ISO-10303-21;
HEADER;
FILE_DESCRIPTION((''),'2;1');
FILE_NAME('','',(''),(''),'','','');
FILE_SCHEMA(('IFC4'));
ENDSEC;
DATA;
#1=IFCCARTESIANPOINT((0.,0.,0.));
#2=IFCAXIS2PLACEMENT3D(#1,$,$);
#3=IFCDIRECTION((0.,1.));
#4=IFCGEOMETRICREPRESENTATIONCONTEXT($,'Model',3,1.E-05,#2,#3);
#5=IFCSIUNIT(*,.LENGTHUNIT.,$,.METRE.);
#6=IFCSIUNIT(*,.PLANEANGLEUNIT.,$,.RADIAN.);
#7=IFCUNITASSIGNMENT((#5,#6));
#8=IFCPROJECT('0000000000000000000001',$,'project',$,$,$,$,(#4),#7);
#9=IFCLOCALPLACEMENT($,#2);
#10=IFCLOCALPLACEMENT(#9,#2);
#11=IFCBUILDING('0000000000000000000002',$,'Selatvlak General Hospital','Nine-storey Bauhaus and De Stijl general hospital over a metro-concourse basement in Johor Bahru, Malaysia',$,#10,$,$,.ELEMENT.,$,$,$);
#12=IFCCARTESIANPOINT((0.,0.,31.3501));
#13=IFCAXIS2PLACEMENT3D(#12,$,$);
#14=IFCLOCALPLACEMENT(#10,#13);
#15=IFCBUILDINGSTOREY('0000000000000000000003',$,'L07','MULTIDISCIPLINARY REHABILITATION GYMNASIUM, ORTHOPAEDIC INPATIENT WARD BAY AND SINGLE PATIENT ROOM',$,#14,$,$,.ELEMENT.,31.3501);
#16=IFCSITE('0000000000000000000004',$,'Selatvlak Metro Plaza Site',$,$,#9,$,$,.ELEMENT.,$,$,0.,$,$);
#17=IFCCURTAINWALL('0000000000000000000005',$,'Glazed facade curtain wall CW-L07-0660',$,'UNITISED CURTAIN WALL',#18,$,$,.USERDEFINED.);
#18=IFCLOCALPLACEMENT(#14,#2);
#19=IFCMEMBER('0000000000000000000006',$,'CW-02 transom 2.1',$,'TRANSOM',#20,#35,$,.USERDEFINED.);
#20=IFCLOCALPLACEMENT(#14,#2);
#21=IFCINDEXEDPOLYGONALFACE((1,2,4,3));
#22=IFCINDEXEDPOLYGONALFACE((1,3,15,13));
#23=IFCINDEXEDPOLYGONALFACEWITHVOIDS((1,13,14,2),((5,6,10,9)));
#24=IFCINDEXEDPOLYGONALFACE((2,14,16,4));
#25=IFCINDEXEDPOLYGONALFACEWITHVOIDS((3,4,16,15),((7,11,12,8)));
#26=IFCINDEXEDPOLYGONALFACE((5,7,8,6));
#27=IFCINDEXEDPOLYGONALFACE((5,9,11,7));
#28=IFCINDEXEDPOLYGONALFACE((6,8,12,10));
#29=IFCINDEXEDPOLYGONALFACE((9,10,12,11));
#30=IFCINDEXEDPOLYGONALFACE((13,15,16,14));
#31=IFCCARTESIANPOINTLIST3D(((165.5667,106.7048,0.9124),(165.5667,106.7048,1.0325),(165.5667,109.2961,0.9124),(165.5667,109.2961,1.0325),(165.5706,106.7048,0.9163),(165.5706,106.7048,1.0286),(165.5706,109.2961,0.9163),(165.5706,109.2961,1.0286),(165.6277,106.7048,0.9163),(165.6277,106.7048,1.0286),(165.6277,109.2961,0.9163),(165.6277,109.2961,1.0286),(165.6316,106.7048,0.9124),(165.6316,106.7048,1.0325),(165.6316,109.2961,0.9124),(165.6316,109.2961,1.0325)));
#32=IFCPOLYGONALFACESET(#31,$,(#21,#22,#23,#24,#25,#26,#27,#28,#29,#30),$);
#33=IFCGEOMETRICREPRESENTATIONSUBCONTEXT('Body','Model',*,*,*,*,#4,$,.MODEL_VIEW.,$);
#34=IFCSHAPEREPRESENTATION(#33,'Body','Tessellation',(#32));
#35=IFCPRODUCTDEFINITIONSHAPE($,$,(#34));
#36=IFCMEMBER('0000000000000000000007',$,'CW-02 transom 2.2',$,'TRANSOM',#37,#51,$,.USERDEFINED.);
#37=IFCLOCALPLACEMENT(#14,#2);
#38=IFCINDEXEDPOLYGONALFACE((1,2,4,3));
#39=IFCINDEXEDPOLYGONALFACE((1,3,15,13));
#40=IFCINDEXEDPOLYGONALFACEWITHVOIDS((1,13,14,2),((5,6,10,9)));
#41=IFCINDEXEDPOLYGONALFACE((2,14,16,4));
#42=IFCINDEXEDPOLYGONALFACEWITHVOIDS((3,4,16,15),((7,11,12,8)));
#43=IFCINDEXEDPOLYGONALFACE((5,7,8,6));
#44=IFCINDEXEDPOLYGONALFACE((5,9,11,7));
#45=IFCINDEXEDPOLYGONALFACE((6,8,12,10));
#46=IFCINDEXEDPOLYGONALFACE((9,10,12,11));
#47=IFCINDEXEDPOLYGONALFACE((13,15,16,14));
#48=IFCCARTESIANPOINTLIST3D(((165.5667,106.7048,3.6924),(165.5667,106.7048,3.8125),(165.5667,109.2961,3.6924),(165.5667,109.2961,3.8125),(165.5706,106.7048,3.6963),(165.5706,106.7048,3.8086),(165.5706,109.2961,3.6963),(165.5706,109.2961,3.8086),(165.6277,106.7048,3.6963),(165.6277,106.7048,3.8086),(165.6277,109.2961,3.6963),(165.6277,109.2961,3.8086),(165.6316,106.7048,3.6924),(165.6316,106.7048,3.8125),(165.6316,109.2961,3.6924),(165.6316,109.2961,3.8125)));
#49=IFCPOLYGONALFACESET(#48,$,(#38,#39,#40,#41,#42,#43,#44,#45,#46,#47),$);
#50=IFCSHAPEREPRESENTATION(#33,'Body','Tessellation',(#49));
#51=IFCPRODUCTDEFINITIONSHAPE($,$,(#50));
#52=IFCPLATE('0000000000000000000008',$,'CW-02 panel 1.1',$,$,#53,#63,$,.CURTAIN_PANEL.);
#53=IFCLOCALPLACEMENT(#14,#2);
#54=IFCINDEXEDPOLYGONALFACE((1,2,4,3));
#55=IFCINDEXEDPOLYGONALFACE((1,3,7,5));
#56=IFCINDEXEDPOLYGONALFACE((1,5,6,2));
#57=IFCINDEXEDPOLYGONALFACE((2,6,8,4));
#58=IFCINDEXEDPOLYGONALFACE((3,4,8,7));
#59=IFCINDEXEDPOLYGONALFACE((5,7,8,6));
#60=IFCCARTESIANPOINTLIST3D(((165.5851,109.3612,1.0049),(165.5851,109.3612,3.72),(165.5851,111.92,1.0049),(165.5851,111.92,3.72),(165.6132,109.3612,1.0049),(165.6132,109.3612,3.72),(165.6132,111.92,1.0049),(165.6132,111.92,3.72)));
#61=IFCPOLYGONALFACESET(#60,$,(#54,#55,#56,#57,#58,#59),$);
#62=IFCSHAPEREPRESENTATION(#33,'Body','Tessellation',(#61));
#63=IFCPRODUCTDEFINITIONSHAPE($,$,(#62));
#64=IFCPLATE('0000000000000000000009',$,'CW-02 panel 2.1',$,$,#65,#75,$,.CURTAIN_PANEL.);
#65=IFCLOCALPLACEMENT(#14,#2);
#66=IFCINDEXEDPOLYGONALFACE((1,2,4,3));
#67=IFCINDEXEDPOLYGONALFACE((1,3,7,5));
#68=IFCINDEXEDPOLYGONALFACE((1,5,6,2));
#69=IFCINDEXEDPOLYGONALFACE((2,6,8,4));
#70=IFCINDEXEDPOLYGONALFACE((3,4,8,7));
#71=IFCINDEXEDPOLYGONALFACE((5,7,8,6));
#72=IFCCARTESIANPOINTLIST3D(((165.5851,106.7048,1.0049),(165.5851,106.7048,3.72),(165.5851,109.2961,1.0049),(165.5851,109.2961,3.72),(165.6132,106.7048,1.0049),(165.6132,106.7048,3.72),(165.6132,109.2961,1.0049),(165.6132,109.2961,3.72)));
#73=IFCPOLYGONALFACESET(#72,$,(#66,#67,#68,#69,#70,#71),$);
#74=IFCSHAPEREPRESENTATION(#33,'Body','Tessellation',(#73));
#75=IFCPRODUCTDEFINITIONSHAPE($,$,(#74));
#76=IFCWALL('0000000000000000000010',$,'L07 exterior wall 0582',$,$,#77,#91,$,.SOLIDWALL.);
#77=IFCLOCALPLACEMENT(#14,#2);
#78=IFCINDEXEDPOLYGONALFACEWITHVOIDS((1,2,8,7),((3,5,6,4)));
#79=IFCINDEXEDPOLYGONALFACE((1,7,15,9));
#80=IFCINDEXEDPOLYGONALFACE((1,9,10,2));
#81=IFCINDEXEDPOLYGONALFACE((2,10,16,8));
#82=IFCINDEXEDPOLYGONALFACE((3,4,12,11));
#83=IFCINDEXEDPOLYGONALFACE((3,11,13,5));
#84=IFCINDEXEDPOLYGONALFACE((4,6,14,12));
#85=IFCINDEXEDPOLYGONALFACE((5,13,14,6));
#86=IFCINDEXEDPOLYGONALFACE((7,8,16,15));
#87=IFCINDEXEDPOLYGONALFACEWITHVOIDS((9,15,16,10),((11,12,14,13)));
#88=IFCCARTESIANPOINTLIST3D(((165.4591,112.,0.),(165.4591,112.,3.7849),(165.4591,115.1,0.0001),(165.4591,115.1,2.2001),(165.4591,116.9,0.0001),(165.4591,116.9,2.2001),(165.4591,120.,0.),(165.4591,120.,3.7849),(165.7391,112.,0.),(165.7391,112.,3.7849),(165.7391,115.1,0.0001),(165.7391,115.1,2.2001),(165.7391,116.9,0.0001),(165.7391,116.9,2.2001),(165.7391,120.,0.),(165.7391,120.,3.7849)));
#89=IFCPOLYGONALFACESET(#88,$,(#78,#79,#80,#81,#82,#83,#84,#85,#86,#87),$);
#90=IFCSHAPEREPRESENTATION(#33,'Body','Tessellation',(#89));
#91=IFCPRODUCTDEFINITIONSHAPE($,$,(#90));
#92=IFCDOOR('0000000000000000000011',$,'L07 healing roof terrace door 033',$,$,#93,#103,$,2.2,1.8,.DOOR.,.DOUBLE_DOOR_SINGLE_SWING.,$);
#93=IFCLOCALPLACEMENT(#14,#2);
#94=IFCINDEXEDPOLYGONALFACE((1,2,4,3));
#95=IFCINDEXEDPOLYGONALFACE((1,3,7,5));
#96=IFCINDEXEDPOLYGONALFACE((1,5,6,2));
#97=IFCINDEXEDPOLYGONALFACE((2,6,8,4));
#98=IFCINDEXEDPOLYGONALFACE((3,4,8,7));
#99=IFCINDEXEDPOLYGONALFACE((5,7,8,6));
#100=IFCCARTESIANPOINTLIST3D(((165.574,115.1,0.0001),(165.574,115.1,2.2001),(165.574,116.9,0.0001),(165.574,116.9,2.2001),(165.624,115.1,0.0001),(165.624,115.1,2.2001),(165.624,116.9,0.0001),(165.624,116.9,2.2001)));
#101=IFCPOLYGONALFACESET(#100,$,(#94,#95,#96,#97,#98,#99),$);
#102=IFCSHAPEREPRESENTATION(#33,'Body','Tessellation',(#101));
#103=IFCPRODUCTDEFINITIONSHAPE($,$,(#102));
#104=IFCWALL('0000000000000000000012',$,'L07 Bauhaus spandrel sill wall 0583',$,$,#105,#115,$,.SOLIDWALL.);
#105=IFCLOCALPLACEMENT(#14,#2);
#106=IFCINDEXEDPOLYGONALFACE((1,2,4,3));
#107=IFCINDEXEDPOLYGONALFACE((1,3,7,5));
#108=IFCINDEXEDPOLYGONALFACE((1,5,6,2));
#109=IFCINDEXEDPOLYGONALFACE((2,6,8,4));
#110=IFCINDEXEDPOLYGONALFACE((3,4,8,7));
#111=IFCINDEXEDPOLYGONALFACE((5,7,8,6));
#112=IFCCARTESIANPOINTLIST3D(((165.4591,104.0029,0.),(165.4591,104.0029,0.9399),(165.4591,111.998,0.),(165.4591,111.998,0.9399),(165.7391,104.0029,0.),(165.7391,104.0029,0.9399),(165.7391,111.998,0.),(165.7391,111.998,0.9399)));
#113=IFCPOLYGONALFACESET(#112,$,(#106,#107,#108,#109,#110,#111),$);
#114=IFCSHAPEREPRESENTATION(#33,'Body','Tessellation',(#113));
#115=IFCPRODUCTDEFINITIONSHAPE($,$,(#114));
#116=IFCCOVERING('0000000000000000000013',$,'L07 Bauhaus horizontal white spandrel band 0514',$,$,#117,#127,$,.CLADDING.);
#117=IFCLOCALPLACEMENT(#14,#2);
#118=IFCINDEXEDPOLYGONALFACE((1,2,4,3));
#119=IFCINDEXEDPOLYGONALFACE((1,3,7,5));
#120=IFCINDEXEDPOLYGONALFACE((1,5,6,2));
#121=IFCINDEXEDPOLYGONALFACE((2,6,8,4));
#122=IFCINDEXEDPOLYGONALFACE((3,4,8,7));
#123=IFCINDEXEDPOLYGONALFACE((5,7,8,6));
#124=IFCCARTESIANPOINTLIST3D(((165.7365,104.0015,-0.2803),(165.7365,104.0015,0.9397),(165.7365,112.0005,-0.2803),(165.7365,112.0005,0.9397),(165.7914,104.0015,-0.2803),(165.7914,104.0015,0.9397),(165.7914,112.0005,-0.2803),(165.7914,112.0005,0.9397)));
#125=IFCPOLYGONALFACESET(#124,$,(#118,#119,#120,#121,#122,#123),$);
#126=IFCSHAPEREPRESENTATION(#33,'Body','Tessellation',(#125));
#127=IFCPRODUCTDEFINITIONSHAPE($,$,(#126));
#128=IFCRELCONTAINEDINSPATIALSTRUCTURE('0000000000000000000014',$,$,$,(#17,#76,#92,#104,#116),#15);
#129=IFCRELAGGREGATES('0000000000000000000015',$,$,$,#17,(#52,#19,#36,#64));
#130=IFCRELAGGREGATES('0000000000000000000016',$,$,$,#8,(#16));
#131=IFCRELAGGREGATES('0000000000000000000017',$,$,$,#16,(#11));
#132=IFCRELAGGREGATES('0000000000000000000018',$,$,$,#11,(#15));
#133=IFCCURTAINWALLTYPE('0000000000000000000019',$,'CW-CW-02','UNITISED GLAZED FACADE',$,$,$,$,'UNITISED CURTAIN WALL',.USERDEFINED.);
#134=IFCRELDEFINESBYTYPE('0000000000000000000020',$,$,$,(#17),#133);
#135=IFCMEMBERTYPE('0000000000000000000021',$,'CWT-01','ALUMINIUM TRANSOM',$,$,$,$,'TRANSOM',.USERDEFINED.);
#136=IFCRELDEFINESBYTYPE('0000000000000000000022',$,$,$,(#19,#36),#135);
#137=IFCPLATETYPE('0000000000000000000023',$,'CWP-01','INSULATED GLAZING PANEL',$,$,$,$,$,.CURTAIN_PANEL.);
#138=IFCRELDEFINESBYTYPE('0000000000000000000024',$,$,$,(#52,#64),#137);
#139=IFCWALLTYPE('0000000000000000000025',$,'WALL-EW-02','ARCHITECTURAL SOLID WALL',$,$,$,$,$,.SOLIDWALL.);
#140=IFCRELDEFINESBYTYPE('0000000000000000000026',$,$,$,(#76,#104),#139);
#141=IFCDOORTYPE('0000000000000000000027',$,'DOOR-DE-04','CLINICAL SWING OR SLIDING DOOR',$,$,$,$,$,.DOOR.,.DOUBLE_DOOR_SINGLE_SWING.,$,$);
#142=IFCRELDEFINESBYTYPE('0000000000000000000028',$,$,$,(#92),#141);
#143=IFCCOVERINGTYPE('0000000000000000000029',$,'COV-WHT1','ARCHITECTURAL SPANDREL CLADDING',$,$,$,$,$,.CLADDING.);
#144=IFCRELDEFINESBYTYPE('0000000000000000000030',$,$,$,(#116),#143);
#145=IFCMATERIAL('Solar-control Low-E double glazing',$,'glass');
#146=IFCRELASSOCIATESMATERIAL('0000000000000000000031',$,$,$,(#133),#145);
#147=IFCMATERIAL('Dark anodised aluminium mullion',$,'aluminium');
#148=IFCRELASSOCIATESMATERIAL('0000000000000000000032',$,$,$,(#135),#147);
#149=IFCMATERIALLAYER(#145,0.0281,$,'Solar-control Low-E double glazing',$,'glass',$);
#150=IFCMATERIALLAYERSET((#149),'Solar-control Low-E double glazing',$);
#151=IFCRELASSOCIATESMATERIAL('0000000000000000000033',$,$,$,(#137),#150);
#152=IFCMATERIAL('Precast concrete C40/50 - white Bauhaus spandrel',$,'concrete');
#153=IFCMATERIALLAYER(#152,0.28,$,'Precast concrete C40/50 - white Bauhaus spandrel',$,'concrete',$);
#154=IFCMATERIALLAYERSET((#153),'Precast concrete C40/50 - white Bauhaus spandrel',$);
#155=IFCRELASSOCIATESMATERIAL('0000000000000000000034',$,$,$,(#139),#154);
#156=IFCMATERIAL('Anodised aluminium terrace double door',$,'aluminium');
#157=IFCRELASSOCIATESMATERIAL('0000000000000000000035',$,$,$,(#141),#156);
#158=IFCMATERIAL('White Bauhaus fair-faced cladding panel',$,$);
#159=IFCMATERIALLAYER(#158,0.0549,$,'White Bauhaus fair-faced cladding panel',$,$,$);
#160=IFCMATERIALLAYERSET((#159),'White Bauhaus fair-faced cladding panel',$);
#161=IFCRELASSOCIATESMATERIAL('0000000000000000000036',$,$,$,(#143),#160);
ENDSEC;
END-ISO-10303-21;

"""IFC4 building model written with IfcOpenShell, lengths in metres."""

from ifc_helpers import new_model, si_unit, direction, frame, frame_2d, origin, origin_2d, place, context, subcontext, project, spatial, rectangle, hollow_rectangle, extrude, material, layer, layer_set, material_profile, profile_set, type_object, element, fill, aggregate, save


model = new_model("IFC4")

# Units and contexts
model_context = context("Model", 3, precision=1e-05, world=origin(), true_north=direction((0.0, 1.0)))
body_context = subcontext(model_context, "Body", "Model", "MODEL_VIEW")
ifc_project = project(units=[si_unit("LENGTHUNIT", "METRE"), si_unit("PLANEANGLEUNIT", "RADIAN")], contexts=[model_context])

# Site, building, storey
site_placement = place(None, origin())
site = spatial("IfcSite", under=ifc_project, at=site_placement, Name="Selatvlak Metro Plaza Site", CompositionType="ELEMENT", RefElevation=0.0)
building_placement = place(site_placement, origin())
building = spatial("IfcBuilding", under=site, at=building_placement, Name="Selatvlak General Hospital", Description="Nine-storey Bauhaus and De Stijl general hospital over a metro-concourse basement in Johor Bahru, Malaysia", CompositionType="ELEMENT")
storey_placement = place(building_placement, frame((0.0, 0.0, 31.3501)))
storey = spatial("IfcBuildingStorey", under=building, at=storey_placement, Name="L07", Description="MULTIDISCIPLINARY REHABILITATION GYMNASIUM, ORTHOPAEDIC INPATIENT WARD BAY AND SINGLE PATIENT ROOM", CompositionType="ELEMENT", Elevation=31.3501)

# Shared definitions
ifc_material_1 = material(Name="Solar-control Low-E double glazing", Category="glass")
ifc_material_2 = material(Name="Dark anodised aluminium mullion", Category="aluminium")

# Curtain wall, members, plates
curtain_wall_type_1 = type_object("IfcCurtainWallType", Name="CW-CW-02", Description="UNITISED GLAZED FACADE", ElementType="UNITISED CURTAIN WALL", PredefinedType="USERDEFINED", material=ifc_material_1)
curtain_wall_1_placement = place(storey_placement, origin())
curtain_wall_1 = element("IfcCurtainWall", 1, at=curtain_wall_1_placement, inside=storey, type_object=curtain_wall_type_1, Name="Glazed facade curtain wall CW-L07-0660", ObjectType="UNITISED CURTAIN WALL", PredefinedType="USERDEFINED")
ifc_material_profile_1 = material_profile(ifc_material_2, hollow_rectangle(XDim=0.0649, YDim=0.1201, WallThickness=0.0039, at=origin_2d()), Name="AL-TRN 65x120x4")
ifc_profile_set_1 = profile_set([ifc_material_profile_1], Name="Dark anodised aluminium mullion")
member_type_1 = type_object("IfcMemberType", Name="CWT-01", Description="ALUMINIUM TRANSOM", ElementType="TRANSOM", PredefinedType="USERDEFINED", material=ifc_profile_set_1)
member_1_placement = place(storey_placement, frame((165.5991, 109.2961, 0.9724), z_axis=(0.0, -1.0, 0.0), x_axis=(1.0, 0.0, 0.0)))
member_1 = element("IfcMember", 2, at=member_1_placement, type_object=member_type_1, Name="CW-02 transom 2.1", ObjectType="TRANSOM", PredefinedType="USERDEFINED", context=body_context, shape_type="SweptSolid", body=[
    extrude(hollow_rectangle(XDim=0.0649, YDim=0.1201, WallThickness=0.0039, at=origin_2d()), origin(), (0.0, 0.0, 1.0), 2.5913),
])
member_2_placement = place(storey_placement, frame((165.5991, 109.2961, 3.7524), z_axis=(0.0, -1.0, 0.0), x_axis=(1.0, 0.0, 0.0)))
member_2 = element("IfcMember", 3, at=member_2_placement, type_object=member_type_1, Name="CW-02 transom 2.2", ObjectType="TRANSOM", PredefinedType="USERDEFINED", context=body_context, shape_type="SweptSolid", body=[
    extrude(hollow_rectangle(XDim=0.0649, YDim=0.1201, WallThickness=0.0039, at=origin_2d()), origin(), (0.0, 0.0, 1.0), 2.5913),
])
ifc_layer_1 = layer(ifc_material_1, 0.0281, Name="Solar-control Low-E double glazing", Category="glass")
ifc_layer_set_1 = layer_set([ifc_layer_1], Name="Solar-control Low-E double glazing")
plate_type = type_object("IfcPlateType", Name="CWP-01", Description="INSULATED GLAZING PANEL", PredefinedType="CURTAIN_PANEL", material=ifc_layer_set_1)
plate_1_placement = place(storey_placement, frame((165.5991, 110.6406, 1.0049), z_axis=(0.0, 0.0, 1.0), x_axis=(0.0, -1.0, 0.0)))
plate_1 = element("IfcPlate", 4, at=plate_1_placement, type_object=plate_type, Name="CW-02 panel 1.1", PredefinedType="CURTAIN_PANEL", context=body_context, shape_type="SweptSolid", body=[
    extrude(rectangle(XDim=2.5588, YDim=0.0281, at=origin_2d()), origin(), (0.0, 0.0, 1.0), 2.7151),
])
plate_2_placement = place(storey_placement, frame((165.5991, 108.0005, 1.0049), z_axis=(0.0, 0.0, 1.0), x_axis=(0.0, -1.0, 0.0)))
plate_2 = element("IfcPlate", 5, at=plate_2_placement, type_object=plate_type, Name="CW-02 panel 2.1", PredefinedType="CURTAIN_PANEL", context=body_context, shape_type="SweptSolid", body=[
    extrude(rectangle(XDim=2.5913, YDim=0.0281, at=origin_2d()), origin(), (0.0, 0.0, 1.0), 2.7151),
])
aggregate(curtain_wall_1, [plate_1, member_1, member_2, plate_2])

# Wall, opening, door
ifc_material_3 = material(Name="Precast concrete C40/50 - white Bauhaus spandrel", Category="concrete")
ifc_layer_2 = layer(ifc_material_3, 0.28, Name="Precast concrete C40/50 - white Bauhaus spandrel", Category="concrete")
ifc_layer_set_2 = layer_set([ifc_layer_2], Name="Precast concrete C40/50 - white Bauhaus spandrel")
wall_type = type_object("IfcWallType", Name="WALL-EW-02", Description="ARCHITECTURAL SOLID WALL", PredefinedType="SOLIDWALL", material=ifc_layer_set_2)
wall_1_placement = place(storey_placement, frame((165.5991, 120.0, 0.0), z_axis=(0.0, 0.0, 1.0), x_axis=(0.0, -1.0, 0.0)))
wall_1 = element("IfcWall", 6, at=wall_1_placement, inside=storey, type_object=wall_type, Name="L07 exterior wall 0582", PredefinedType="SOLIDWALL", context=body_context, shape_type="SweptSolid", body=[
    extrude(rectangle(XDim=8.0, YDim=0.28, at=frame_2d((4.0, 0.0))), origin(), (0.0, 0.0, 1.0), 3.7849),
])
opening_placement = place(wall_1_placement, frame((3.1001, 0.0, 0.0)))
opening = element("IfcOpeningElement", 7, at=opening_placement, cuts=wall_1, PredefinedType="OPENING", context=body_context, shape_type="SweptSolid", body=[
    extrude(rectangle(XDim=1.8, YDim=2.2, at=frame_2d((0.8999, 1.1001))), frame((0.0, 0.1499, 0.0), z_axis=(0.0, -1.0, 0.0), x_axis=(1.0, 0.0, 0.0)), (0.0, 0.0, 1.0), 0.3),
])
ifc_material_4 = material(Name="Anodised aluminium terrace double door", Category="aluminium")
door_type = type_object("IfcDoorType", Name="DOOR-DE-04", Description="CLINICAL SWING OR SLIDING DOOR", OperationType="DOUBLE_DOOR_SINGLE_SWING", PredefinedType="DOOR", material=ifc_material_4)
door_placement = place(opening_placement, origin())
door = element("IfcDoor", 8, at=door_placement, inside=storey, type_object=door_type, Name="L07 healing roof terrace door 033", OperationType="DOUBLE_DOOR_SINGLE_SWING", OverallHeight=2.2, OverallWidth=1.8, PredefinedType="DOOR", context=body_context, shape_type="SweptSolid", body=[
    extrude(rectangle(XDim=1.8, YDim=2.2, at=frame_2d((0.8999, 1.1001))), frame((0.0, 0.0249, 0.0), z_axis=(0.0, -1.0, 0.0), x_axis=(1.0, 0.0, 0.0)), (0.0, 0.0, 1.0), 0.05),
])
fill(opening, door)

# Wall
wall_2_placement = place(storey_placement, frame((165.5991, 111.998, 0.0), z_axis=(0.0, 0.0, 1.0), x_axis=(0.0, -1.0, 0.0)))
element("IfcWall", 9, at=wall_2_placement, inside=storey, type_object=wall_type, Name="L07 Bauhaus spandrel sill wall 0583", PredefinedType="SOLIDWALL", context=body_context, shape_type="SweptSolid", body=[
    extrude(rectangle(XDim=7.9951, YDim=0.28, at=frame_2d((3.9976, 0.0))), origin(), (0.0, 0.0, 1.0), 0.9399),
])

# Covering
ifc_material_5 = material(Name="White Bauhaus fair-faced cladding panel")
ifc_layer_3 = layer(ifc_material_5, 0.0549, Name="White Bauhaus fair-faced cladding panel")
ifc_layer_set_3 = layer_set([ifc_layer_3], Name="White Bauhaus fair-faced cladding panel")
covering_type = type_object("IfcCoveringType", Name="COV-WHT1", Description="ARCHITECTURAL SPANDREL CLADDING", PredefinedType="CLADDING", material=ifc_layer_set_3)
covering_placement = place(storey_placement, frame((165.7639, 108.001, -0.2803), z_axis=(0.0, 0.0, 1.0), x_axis=(0.0, -1.0, 0.0)))
element("IfcCovering", 10, at=covering_placement, inside=storey, type_object=covering_type, Name="L07 Bauhaus horizontal white spandrel band 0514", PredefinedType="CLADDING", context=body_context, shape_type="SweptSolid", body=[
    extrude(rectangle(XDim=7.999, YDim=0.0549, at=origin_2d()), origin(), (0.0, 0.0, 1.0), 1.22),
])

save(model, "model.ifc")
